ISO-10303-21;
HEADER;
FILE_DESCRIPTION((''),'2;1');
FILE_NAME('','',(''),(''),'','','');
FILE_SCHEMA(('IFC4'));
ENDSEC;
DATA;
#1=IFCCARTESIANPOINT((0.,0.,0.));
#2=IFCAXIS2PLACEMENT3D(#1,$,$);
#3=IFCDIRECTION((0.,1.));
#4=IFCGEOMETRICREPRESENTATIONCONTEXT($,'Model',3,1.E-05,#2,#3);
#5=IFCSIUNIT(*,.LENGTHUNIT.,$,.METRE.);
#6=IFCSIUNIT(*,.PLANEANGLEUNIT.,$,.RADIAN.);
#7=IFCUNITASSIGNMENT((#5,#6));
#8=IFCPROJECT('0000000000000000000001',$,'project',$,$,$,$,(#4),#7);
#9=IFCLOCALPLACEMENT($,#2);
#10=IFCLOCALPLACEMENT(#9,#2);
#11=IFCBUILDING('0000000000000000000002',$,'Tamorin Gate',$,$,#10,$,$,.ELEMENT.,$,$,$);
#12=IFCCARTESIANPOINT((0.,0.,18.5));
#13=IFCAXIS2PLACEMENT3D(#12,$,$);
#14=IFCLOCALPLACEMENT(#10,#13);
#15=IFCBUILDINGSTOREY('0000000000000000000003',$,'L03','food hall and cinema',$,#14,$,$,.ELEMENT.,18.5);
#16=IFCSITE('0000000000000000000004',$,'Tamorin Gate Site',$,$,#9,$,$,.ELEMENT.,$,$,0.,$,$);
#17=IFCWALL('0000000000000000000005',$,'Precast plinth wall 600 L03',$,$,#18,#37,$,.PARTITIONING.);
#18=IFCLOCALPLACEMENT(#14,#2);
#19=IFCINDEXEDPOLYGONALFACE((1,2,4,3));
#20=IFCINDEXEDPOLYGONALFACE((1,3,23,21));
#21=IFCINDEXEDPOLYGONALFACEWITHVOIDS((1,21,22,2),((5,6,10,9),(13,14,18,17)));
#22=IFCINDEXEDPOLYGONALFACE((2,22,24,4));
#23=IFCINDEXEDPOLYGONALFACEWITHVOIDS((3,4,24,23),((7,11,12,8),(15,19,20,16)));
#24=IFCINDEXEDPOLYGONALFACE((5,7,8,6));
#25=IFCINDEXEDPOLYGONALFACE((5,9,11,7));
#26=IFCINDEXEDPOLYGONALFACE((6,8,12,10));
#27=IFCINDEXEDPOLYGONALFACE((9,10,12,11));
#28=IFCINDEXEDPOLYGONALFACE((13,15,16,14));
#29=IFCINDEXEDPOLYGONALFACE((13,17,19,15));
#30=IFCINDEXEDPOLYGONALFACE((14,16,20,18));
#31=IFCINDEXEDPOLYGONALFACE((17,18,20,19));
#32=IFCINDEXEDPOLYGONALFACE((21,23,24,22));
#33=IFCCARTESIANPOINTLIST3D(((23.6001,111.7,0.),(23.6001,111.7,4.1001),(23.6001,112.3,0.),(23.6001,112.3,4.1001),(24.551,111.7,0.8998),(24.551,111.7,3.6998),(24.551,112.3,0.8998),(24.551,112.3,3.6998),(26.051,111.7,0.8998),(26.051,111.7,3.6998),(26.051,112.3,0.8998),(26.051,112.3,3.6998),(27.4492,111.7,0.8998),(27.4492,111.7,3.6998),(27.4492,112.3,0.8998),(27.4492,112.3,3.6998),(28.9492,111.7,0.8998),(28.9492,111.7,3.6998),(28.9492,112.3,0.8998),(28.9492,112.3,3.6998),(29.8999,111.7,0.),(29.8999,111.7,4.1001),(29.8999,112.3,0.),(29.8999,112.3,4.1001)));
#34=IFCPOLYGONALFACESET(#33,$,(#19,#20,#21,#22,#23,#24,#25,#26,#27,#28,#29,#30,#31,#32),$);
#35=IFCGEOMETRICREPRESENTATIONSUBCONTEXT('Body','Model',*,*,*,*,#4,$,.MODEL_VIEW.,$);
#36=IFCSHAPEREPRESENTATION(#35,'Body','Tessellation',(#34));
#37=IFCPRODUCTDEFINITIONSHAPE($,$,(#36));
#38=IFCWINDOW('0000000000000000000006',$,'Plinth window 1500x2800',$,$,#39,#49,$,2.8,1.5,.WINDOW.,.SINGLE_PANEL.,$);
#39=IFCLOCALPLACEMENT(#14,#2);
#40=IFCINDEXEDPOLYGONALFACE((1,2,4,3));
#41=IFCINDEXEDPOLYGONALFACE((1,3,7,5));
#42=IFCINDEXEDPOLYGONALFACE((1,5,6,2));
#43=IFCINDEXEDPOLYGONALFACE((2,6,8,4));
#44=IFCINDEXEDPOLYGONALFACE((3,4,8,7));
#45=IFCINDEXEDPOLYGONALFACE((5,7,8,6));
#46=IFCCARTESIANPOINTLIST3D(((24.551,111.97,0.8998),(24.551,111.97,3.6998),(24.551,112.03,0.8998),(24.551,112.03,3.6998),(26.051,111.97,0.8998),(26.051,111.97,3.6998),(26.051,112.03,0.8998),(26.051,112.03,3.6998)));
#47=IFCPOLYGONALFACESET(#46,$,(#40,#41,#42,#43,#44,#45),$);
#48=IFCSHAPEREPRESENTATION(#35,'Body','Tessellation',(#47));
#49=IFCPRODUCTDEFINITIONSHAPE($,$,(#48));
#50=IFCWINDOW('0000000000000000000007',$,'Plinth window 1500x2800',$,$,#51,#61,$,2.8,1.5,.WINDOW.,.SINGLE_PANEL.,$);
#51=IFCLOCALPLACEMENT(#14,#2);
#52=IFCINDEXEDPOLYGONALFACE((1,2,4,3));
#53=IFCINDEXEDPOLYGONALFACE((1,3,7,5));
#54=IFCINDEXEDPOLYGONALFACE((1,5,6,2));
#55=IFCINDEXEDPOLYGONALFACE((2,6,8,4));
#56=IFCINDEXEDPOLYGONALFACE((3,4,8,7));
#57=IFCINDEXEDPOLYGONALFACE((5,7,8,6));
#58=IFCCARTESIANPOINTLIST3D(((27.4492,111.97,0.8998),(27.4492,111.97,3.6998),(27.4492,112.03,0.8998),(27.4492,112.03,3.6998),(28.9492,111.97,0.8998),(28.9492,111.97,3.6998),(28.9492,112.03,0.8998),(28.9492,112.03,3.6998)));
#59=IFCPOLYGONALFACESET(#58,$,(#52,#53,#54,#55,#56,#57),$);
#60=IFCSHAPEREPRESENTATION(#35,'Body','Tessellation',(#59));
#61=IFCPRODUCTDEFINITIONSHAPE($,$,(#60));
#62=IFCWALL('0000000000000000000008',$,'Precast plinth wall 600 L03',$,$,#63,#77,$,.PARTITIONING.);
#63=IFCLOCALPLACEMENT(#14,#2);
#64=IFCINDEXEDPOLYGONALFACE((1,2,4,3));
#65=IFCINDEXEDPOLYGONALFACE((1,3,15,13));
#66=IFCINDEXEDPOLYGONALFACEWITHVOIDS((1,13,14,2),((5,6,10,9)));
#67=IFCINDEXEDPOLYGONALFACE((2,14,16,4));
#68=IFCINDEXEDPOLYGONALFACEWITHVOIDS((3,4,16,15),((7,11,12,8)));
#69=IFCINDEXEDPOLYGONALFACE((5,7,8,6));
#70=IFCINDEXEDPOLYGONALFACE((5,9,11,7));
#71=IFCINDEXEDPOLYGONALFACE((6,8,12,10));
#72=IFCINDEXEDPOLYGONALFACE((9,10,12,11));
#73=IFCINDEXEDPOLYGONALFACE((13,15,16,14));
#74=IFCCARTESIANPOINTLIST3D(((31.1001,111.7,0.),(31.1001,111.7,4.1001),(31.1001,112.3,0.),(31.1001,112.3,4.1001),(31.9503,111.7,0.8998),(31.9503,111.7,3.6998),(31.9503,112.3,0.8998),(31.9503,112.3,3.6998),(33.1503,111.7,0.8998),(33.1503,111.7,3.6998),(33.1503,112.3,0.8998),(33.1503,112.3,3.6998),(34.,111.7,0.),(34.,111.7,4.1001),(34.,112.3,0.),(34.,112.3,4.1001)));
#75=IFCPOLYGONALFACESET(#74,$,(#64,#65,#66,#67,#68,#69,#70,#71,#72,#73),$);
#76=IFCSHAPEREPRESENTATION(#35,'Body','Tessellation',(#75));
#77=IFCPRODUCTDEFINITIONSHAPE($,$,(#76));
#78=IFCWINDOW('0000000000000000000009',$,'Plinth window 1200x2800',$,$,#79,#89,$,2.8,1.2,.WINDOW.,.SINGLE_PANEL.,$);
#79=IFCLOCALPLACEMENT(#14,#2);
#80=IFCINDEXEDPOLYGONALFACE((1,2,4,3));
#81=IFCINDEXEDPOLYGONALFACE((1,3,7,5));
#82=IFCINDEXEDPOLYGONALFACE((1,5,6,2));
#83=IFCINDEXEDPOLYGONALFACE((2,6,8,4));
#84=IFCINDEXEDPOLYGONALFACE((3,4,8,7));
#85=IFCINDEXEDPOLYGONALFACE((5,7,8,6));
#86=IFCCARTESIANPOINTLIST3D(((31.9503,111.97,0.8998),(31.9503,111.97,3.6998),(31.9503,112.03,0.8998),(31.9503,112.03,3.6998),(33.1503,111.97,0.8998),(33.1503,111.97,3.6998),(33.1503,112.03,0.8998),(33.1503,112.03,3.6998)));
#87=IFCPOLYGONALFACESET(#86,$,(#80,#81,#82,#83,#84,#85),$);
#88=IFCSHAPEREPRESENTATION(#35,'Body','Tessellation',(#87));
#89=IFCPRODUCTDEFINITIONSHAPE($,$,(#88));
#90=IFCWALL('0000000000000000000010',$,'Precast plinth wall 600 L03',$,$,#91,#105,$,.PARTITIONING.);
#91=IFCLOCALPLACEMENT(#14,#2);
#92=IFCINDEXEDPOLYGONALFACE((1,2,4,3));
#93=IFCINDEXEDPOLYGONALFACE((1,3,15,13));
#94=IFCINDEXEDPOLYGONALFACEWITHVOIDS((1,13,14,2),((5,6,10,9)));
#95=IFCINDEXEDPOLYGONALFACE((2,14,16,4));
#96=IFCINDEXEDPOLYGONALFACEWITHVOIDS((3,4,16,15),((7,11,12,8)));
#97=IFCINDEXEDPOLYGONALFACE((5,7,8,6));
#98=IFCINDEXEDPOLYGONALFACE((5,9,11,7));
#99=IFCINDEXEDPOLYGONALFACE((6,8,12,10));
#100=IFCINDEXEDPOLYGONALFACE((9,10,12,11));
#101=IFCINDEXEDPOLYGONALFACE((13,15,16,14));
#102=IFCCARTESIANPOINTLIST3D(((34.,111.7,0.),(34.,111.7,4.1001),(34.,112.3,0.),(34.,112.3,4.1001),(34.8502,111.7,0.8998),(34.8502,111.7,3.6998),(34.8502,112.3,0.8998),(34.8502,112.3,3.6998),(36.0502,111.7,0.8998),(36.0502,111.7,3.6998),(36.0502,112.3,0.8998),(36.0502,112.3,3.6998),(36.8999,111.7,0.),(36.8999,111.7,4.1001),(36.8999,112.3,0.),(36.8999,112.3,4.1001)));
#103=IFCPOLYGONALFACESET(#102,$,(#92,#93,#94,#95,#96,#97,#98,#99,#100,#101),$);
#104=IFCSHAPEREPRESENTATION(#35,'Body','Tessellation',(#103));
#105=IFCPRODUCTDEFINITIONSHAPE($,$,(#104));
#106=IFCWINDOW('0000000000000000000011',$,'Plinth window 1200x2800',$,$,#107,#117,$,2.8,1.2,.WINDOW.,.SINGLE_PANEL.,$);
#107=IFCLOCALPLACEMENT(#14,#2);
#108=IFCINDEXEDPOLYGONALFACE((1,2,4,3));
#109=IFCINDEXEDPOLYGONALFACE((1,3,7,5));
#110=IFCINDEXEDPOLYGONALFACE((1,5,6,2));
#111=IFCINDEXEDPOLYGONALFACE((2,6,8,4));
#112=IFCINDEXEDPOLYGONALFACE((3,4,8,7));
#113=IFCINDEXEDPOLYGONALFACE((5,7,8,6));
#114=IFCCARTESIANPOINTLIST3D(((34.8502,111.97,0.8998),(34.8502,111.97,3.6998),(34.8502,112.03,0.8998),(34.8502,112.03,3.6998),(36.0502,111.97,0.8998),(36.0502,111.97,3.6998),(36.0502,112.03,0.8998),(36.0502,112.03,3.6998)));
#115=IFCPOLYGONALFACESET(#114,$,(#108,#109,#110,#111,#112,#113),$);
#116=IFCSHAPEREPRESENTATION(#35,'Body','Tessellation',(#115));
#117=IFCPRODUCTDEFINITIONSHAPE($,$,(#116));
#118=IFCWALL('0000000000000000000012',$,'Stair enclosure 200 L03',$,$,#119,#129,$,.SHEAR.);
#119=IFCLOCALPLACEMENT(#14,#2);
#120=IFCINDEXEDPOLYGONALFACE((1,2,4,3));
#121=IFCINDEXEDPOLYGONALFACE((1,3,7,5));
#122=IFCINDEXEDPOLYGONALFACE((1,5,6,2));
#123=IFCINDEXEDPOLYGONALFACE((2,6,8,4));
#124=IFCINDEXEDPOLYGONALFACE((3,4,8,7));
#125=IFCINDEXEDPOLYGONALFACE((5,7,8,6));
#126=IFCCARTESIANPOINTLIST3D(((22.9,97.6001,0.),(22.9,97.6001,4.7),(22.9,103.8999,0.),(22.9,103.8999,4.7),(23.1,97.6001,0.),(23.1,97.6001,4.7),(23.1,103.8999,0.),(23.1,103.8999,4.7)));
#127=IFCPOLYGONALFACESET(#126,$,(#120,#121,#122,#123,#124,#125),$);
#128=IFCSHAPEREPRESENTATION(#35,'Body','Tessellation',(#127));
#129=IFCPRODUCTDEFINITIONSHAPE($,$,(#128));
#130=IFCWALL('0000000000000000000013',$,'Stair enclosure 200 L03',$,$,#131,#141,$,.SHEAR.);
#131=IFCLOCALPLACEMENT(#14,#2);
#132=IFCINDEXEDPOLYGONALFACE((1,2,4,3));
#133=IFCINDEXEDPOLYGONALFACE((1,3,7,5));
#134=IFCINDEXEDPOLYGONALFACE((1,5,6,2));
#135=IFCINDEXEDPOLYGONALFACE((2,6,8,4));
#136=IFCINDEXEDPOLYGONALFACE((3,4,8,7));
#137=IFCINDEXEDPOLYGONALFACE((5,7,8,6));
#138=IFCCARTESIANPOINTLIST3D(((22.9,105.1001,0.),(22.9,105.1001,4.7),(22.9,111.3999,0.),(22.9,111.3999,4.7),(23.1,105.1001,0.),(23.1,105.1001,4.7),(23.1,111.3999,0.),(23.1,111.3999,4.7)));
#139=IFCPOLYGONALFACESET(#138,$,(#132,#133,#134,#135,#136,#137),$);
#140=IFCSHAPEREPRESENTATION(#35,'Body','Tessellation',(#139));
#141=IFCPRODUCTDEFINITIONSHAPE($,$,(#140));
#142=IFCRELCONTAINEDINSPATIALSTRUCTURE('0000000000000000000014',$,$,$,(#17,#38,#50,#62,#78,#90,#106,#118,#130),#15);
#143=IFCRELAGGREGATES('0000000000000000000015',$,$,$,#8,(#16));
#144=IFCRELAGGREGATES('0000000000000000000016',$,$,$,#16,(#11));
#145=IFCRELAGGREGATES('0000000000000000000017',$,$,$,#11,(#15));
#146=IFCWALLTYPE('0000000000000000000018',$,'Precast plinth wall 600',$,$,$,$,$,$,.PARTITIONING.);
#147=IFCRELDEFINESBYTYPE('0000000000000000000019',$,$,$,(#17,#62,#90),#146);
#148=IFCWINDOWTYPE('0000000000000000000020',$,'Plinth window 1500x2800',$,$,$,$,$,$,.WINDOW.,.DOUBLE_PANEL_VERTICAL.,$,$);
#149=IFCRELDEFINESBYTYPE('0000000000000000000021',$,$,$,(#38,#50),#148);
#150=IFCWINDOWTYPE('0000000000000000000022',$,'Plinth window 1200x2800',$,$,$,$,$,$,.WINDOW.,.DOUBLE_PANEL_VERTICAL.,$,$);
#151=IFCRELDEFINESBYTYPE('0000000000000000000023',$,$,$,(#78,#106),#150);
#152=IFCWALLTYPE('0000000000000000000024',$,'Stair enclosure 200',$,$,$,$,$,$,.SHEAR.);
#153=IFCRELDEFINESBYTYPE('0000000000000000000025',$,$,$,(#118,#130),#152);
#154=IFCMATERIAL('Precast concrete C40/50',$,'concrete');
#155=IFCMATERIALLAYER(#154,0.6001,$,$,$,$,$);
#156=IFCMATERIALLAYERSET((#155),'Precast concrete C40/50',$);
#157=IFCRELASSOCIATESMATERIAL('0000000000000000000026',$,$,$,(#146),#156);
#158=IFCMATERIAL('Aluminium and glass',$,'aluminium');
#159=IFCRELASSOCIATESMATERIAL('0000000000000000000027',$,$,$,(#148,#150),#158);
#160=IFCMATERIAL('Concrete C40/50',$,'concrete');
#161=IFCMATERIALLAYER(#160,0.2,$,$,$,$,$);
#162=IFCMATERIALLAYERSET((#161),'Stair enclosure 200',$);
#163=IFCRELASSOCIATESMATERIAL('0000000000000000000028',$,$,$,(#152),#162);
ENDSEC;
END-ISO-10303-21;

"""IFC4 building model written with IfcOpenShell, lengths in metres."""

from ifc_helpers import new_model, si_unit, direction, frame, frame_2d, origin, place, context, subcontext, project, spatial, rectangle, extrude, material, layer, layer_set, type_object, element, fill, save


model = new_model("IFC4")

# Units and contexts
model_context = context("Model", 3, precision=1e-05, world=origin(), true_north=direction((0.0, 1.0)))
body_context = subcontext(model_context, "Body", "Model", "MODEL_VIEW")
ifc_project = project(units=[si_unit("LENGTHUNIT", "METRE"), si_unit("PLANEANGLEUNIT", "RADIAN")], contexts=[model_context])

# Site, building, storey
site_placement = place(None, origin())
site = spatial("IfcSite", under=ifc_project, at=site_placement, Name="Tamorin Gate Site", CompositionType="ELEMENT", RefElevation=0.0)
building_placement = place(site_placement, origin())
building = spatial("IfcBuilding", under=site, at=building_placement, Name="Tamorin Gate", CompositionType="ELEMENT")
storey_placement = place(building_placement, frame((0.0, 0.0, 18.5)))
storey = spatial("IfcBuildingStorey", under=building, at=storey_placement, Name="L03", Description="food hall and cinema", CompositionType="ELEMENT", Elevation=18.5)

# Wall, openings, windows
ifc_material_1 = material(Name="Precast concrete C40/50", Category="concrete")
ifc_layer_1 = layer(ifc_material_1, 0.6001)
ifc_layer_set_1 = layer_set([ifc_layer_1], Name="Precast concrete C40/50")
wall_type_1 = type_object("IfcWallType", Name="Precast plinth wall 600", PredefinedType="PARTITIONING", material=ifc_layer_set_1)
wall_1_placement = place(storey_placement, frame((23.6001, 112.0, 0.0), z_axis=(0.0, 0.0, 1.0), x_axis=(1.0, 0.0, 0.0)))
wall_1 = element("IfcWall", 1, at=wall_1_placement, inside=storey, type_object=wall_type_1, Name="Precast plinth wall 600 L03", PredefinedType="PARTITIONING", context=body_context, shape_type="SweptSolid", body=[
    extrude(rectangle(XDim=6.2998, YDim=0.6001, at=frame_2d((3.1499, 0.0))), origin(), (0.0, 0.0, 1.0), 4.1001),
])
opening_1_placement = place(wall_1_placement, frame((0.9509, 0.0, 0.8999)))
opening_1 = element("IfcOpeningElement", 2, at=opening_1_placement, cuts=wall_1, PredefinedType="OPENING", context=body_context, shape_type="SweptSolid", body=[
    extrude(rectangle(XDim=1.5, YDim=2.8, at=frame_2d((0.75, 1.3999))), frame((0.0, 0.3101, 0.0), z_axis=(0.0, -1.0, 0.0), x_axis=(1.0, 0.0, 0.0)), (0.0, 0.0, 1.0), 0.6201),
])
opening_2_placement = place(wall_1_placement, frame((3.8491, 0.0, 0.8999)))
opening_2 = element("IfcOpeningElement", 3, at=opening_2_placement, cuts=wall_1, PredefinedType="OPENING", context=body_context, shape_type="SweptSolid", body=[
    extrude(rectangle(XDim=1.5, YDim=2.8, at=frame_2d((0.75, 1.3999))), frame((0.0, 0.3101, 0.0), z_axis=(0.0, -1.0, 0.0), x_axis=(1.0, 0.0, 0.0)), (0.0, 0.0, 1.0), 0.6201),
])
ifc_material_2 = material(Name="Aluminium and glass", Category="aluminium")
window_type_1 = type_object("IfcWindowType", Name="Plinth window 1500x2800", PartitioningType="DOUBLE_PANEL_VERTICAL", PredefinedType="WINDOW", material=ifc_material_2)
window_1_placement = place(opening_1_placement, origin())
window_1 = element("IfcWindow", 4, at=window_1_placement, inside=storey, type_object=window_type_1, Name="Plinth window 1500x2800", OverallHeight=2.8, OverallWidth=1.5, PartitioningType="SINGLE_PANEL", PredefinedType="WINDOW", context=body_context, shape_type="SweptSolid", body=[
    extrude(rectangle(XDim=1.5, YDim=2.8, at=frame_2d((0.75, 1.3999))), frame((0.0, 0.03, 0.0), z_axis=(0.0, -1.0, 0.0), x_axis=(1.0, 0.0, 0.0)), (0.0, 0.0, 1.0), 0.0601),
])
fill(opening_1, window_1)
window_2_placement = place(opening_2_placement, origin())
window_2 = element("IfcWindow", 5, at=window_2_placement, inside=storey, type_object=window_type_1, Name="Plinth window 1500x2800", OverallHeight=2.8, OverallWidth=1.5, PartitioningType="SINGLE_PANEL", PredefinedType="WINDOW", context=body_context, shape_type="SweptSolid", body=[
    extrude(rectangle(XDim=1.5, YDim=2.8, at=frame_2d((0.75, 1.3999))), frame((0.0, 0.03, 0.0), z_axis=(0.0, -1.0, 0.0), x_axis=(1.0, 0.0, 0.0)), (0.0, 0.0, 1.0), 0.0601),
])
fill(opening_2, window_2)

# Walls, openings, windows
wall_2_placement = place(storey_placement, frame((31.1001, 112.0, 0.0), z_axis=(0.0, 0.0, 1.0), x_axis=(1.0, 0.0, 0.0)))
wall_2 = element("IfcWall", 6, at=wall_2_placement, inside=storey, type_object=wall_type_1, Name="Precast plinth wall 600 L03", PredefinedType="PARTITIONING", context=body_context, shape_type="SweptSolid", body=[
    extrude(rectangle(XDim=2.8999, YDim=0.6001, at=frame_2d((1.45, 0.0))), origin(), (0.0, 0.0, 1.0), 4.1001),
])
opening_3_placement = place(wall_2_placement, frame((0.8501, 0.0, 0.8999)))
opening_3 = element("IfcOpeningElement", 7, at=opening_3_placement, cuts=wall_2, PredefinedType="OPENING", context=body_context, shape_type="SweptSolid", body=[
    extrude(rectangle(XDim=1.2, YDim=2.8, at=frame_2d((0.6001, 1.3999))), frame((0.0, 0.3101, 0.0), z_axis=(0.0, -1.0, 0.0), x_axis=(1.0, 0.0, 0.0)), (0.0, 0.0, 1.0), 0.6201),
])
window_type_2 = type_object("IfcWindowType", Name="Plinth window 1200x2800", PartitioningType="DOUBLE_PANEL_VERTICAL", PredefinedType="WINDOW", material=ifc_material_2)
window_3_placement = place(opening_3_placement, origin())
window_3 = element("IfcWindow", 8, at=window_3_placement, inside=storey, type_object=window_type_2, Name="Plinth window 1200x2800", OverallHeight=2.8, OverallWidth=1.2, PartitioningType="SINGLE_PANEL", PredefinedType="WINDOW", context=body_context, shape_type="SweptSolid", body=[
    extrude(rectangle(XDim=1.2, YDim=2.8, at=frame_2d((0.6001, 1.3999))), frame((0.0, 0.03, 0.0), z_axis=(0.0, -1.0, 0.0), x_axis=(1.0, 0.0, 0.0)), (0.0, 0.0, 1.0), 0.0601),
])
fill(opening_3, window_3)
wall_3_placement = place(storey_placement, frame((34.0, 112.0, 0.0), z_axis=(0.0, 0.0, 1.0), x_axis=(1.0, 0.0, 0.0)))
wall_3 = element("IfcWall", 9, at=wall_3_placement, inside=storey, type_object=wall_type_1, Name="Precast plinth wall 600 L03", PredefinedType="PARTITIONING", context=body_context, shape_type="SweptSolid", body=[
    extrude(rectangle(XDim=2.8999, YDim=0.6001, at=frame_2d((1.45, 0.0))), origin(), (0.0, 0.0, 1.0), 4.1001),
])
opening_4_placement = place(wall_3_placement, frame((0.8501, 0.0, 0.8999)))
opening_4 = element("IfcOpeningElement", 10, at=opening_4_placement, cuts=wall_3, PredefinedType="OPENING", context=body_context, shape_type="SweptSolid", body=[
    extrude(rectangle(XDim=1.2, YDim=2.8, at=frame_2d((0.6001, 1.3999))), frame((0.0, 0.3101, 0.0), z_axis=(0.0, -1.0, 0.0), x_axis=(1.0, 0.0, 0.0)), (0.0, 0.0, 1.0), 0.6201),
])
window_4_placement = place(opening_4_placement, origin())
window_4 = element("IfcWindow", 11, at=window_4_placement, inside=storey, type_object=window_type_2, Name="Plinth window 1200x2800", OverallHeight=2.8, OverallWidth=1.2, PartitioningType="SINGLE_PANEL", PredefinedType="WINDOW", context=body_context, shape_type="SweptSolid", body=[
    extrude(rectangle(XDim=1.2, YDim=2.8, at=frame_2d((0.6001, 1.3999))), frame((0.0, 0.03, 0.0), z_axis=(0.0, -1.0, 0.0), x_axis=(1.0, 0.0, 0.0)), (0.0, 0.0, 1.0), 0.0601),
])
fill(opening_4, window_4)

# Walls
ifc_material_3 = material(Name="Concrete C40/50", Category="concrete")
ifc_layer_2 = layer(ifc_material_3, 0.2)
ifc_layer_set_2 = layer_set([ifc_layer_2], Name="Stair enclosure 200")
wall_type_2 = type_object("IfcWallType", Name="Stair enclosure 200", PredefinedType="SHEAR", material=ifc_layer_set_2)
for number, where, z_axis, x_axis, name in (
    (12, (23.0, 97.6001, 0.0), (0.0, 0.0, 1.0), (0.0, 1.0, 0.0), "Stair enclosure 200 L03"),
    (13, (23.0, 105.1001, 0.0), (0.0, 0.0, 1.0), (0.0, 1.0, 0.0), "Stair enclosure 200 L03"),
):
    element("IfcWall", number, at=place(storey_placement, frame(where, z_axis=z_axis, x_axis=x_axis)), inside=storey, type_object=wall_type_2, Name=name, PredefinedType="SHEAR", context=body_context, shape_type="SweptSolid", body=[
        extrude(rectangle(XDim=6.2998, YDim=0.2, at=frame_2d((3.1499, 0.0))), origin(), (0.0, 0.0, 1.0), 4.7),
    ])

save(model, "model.ifc")
